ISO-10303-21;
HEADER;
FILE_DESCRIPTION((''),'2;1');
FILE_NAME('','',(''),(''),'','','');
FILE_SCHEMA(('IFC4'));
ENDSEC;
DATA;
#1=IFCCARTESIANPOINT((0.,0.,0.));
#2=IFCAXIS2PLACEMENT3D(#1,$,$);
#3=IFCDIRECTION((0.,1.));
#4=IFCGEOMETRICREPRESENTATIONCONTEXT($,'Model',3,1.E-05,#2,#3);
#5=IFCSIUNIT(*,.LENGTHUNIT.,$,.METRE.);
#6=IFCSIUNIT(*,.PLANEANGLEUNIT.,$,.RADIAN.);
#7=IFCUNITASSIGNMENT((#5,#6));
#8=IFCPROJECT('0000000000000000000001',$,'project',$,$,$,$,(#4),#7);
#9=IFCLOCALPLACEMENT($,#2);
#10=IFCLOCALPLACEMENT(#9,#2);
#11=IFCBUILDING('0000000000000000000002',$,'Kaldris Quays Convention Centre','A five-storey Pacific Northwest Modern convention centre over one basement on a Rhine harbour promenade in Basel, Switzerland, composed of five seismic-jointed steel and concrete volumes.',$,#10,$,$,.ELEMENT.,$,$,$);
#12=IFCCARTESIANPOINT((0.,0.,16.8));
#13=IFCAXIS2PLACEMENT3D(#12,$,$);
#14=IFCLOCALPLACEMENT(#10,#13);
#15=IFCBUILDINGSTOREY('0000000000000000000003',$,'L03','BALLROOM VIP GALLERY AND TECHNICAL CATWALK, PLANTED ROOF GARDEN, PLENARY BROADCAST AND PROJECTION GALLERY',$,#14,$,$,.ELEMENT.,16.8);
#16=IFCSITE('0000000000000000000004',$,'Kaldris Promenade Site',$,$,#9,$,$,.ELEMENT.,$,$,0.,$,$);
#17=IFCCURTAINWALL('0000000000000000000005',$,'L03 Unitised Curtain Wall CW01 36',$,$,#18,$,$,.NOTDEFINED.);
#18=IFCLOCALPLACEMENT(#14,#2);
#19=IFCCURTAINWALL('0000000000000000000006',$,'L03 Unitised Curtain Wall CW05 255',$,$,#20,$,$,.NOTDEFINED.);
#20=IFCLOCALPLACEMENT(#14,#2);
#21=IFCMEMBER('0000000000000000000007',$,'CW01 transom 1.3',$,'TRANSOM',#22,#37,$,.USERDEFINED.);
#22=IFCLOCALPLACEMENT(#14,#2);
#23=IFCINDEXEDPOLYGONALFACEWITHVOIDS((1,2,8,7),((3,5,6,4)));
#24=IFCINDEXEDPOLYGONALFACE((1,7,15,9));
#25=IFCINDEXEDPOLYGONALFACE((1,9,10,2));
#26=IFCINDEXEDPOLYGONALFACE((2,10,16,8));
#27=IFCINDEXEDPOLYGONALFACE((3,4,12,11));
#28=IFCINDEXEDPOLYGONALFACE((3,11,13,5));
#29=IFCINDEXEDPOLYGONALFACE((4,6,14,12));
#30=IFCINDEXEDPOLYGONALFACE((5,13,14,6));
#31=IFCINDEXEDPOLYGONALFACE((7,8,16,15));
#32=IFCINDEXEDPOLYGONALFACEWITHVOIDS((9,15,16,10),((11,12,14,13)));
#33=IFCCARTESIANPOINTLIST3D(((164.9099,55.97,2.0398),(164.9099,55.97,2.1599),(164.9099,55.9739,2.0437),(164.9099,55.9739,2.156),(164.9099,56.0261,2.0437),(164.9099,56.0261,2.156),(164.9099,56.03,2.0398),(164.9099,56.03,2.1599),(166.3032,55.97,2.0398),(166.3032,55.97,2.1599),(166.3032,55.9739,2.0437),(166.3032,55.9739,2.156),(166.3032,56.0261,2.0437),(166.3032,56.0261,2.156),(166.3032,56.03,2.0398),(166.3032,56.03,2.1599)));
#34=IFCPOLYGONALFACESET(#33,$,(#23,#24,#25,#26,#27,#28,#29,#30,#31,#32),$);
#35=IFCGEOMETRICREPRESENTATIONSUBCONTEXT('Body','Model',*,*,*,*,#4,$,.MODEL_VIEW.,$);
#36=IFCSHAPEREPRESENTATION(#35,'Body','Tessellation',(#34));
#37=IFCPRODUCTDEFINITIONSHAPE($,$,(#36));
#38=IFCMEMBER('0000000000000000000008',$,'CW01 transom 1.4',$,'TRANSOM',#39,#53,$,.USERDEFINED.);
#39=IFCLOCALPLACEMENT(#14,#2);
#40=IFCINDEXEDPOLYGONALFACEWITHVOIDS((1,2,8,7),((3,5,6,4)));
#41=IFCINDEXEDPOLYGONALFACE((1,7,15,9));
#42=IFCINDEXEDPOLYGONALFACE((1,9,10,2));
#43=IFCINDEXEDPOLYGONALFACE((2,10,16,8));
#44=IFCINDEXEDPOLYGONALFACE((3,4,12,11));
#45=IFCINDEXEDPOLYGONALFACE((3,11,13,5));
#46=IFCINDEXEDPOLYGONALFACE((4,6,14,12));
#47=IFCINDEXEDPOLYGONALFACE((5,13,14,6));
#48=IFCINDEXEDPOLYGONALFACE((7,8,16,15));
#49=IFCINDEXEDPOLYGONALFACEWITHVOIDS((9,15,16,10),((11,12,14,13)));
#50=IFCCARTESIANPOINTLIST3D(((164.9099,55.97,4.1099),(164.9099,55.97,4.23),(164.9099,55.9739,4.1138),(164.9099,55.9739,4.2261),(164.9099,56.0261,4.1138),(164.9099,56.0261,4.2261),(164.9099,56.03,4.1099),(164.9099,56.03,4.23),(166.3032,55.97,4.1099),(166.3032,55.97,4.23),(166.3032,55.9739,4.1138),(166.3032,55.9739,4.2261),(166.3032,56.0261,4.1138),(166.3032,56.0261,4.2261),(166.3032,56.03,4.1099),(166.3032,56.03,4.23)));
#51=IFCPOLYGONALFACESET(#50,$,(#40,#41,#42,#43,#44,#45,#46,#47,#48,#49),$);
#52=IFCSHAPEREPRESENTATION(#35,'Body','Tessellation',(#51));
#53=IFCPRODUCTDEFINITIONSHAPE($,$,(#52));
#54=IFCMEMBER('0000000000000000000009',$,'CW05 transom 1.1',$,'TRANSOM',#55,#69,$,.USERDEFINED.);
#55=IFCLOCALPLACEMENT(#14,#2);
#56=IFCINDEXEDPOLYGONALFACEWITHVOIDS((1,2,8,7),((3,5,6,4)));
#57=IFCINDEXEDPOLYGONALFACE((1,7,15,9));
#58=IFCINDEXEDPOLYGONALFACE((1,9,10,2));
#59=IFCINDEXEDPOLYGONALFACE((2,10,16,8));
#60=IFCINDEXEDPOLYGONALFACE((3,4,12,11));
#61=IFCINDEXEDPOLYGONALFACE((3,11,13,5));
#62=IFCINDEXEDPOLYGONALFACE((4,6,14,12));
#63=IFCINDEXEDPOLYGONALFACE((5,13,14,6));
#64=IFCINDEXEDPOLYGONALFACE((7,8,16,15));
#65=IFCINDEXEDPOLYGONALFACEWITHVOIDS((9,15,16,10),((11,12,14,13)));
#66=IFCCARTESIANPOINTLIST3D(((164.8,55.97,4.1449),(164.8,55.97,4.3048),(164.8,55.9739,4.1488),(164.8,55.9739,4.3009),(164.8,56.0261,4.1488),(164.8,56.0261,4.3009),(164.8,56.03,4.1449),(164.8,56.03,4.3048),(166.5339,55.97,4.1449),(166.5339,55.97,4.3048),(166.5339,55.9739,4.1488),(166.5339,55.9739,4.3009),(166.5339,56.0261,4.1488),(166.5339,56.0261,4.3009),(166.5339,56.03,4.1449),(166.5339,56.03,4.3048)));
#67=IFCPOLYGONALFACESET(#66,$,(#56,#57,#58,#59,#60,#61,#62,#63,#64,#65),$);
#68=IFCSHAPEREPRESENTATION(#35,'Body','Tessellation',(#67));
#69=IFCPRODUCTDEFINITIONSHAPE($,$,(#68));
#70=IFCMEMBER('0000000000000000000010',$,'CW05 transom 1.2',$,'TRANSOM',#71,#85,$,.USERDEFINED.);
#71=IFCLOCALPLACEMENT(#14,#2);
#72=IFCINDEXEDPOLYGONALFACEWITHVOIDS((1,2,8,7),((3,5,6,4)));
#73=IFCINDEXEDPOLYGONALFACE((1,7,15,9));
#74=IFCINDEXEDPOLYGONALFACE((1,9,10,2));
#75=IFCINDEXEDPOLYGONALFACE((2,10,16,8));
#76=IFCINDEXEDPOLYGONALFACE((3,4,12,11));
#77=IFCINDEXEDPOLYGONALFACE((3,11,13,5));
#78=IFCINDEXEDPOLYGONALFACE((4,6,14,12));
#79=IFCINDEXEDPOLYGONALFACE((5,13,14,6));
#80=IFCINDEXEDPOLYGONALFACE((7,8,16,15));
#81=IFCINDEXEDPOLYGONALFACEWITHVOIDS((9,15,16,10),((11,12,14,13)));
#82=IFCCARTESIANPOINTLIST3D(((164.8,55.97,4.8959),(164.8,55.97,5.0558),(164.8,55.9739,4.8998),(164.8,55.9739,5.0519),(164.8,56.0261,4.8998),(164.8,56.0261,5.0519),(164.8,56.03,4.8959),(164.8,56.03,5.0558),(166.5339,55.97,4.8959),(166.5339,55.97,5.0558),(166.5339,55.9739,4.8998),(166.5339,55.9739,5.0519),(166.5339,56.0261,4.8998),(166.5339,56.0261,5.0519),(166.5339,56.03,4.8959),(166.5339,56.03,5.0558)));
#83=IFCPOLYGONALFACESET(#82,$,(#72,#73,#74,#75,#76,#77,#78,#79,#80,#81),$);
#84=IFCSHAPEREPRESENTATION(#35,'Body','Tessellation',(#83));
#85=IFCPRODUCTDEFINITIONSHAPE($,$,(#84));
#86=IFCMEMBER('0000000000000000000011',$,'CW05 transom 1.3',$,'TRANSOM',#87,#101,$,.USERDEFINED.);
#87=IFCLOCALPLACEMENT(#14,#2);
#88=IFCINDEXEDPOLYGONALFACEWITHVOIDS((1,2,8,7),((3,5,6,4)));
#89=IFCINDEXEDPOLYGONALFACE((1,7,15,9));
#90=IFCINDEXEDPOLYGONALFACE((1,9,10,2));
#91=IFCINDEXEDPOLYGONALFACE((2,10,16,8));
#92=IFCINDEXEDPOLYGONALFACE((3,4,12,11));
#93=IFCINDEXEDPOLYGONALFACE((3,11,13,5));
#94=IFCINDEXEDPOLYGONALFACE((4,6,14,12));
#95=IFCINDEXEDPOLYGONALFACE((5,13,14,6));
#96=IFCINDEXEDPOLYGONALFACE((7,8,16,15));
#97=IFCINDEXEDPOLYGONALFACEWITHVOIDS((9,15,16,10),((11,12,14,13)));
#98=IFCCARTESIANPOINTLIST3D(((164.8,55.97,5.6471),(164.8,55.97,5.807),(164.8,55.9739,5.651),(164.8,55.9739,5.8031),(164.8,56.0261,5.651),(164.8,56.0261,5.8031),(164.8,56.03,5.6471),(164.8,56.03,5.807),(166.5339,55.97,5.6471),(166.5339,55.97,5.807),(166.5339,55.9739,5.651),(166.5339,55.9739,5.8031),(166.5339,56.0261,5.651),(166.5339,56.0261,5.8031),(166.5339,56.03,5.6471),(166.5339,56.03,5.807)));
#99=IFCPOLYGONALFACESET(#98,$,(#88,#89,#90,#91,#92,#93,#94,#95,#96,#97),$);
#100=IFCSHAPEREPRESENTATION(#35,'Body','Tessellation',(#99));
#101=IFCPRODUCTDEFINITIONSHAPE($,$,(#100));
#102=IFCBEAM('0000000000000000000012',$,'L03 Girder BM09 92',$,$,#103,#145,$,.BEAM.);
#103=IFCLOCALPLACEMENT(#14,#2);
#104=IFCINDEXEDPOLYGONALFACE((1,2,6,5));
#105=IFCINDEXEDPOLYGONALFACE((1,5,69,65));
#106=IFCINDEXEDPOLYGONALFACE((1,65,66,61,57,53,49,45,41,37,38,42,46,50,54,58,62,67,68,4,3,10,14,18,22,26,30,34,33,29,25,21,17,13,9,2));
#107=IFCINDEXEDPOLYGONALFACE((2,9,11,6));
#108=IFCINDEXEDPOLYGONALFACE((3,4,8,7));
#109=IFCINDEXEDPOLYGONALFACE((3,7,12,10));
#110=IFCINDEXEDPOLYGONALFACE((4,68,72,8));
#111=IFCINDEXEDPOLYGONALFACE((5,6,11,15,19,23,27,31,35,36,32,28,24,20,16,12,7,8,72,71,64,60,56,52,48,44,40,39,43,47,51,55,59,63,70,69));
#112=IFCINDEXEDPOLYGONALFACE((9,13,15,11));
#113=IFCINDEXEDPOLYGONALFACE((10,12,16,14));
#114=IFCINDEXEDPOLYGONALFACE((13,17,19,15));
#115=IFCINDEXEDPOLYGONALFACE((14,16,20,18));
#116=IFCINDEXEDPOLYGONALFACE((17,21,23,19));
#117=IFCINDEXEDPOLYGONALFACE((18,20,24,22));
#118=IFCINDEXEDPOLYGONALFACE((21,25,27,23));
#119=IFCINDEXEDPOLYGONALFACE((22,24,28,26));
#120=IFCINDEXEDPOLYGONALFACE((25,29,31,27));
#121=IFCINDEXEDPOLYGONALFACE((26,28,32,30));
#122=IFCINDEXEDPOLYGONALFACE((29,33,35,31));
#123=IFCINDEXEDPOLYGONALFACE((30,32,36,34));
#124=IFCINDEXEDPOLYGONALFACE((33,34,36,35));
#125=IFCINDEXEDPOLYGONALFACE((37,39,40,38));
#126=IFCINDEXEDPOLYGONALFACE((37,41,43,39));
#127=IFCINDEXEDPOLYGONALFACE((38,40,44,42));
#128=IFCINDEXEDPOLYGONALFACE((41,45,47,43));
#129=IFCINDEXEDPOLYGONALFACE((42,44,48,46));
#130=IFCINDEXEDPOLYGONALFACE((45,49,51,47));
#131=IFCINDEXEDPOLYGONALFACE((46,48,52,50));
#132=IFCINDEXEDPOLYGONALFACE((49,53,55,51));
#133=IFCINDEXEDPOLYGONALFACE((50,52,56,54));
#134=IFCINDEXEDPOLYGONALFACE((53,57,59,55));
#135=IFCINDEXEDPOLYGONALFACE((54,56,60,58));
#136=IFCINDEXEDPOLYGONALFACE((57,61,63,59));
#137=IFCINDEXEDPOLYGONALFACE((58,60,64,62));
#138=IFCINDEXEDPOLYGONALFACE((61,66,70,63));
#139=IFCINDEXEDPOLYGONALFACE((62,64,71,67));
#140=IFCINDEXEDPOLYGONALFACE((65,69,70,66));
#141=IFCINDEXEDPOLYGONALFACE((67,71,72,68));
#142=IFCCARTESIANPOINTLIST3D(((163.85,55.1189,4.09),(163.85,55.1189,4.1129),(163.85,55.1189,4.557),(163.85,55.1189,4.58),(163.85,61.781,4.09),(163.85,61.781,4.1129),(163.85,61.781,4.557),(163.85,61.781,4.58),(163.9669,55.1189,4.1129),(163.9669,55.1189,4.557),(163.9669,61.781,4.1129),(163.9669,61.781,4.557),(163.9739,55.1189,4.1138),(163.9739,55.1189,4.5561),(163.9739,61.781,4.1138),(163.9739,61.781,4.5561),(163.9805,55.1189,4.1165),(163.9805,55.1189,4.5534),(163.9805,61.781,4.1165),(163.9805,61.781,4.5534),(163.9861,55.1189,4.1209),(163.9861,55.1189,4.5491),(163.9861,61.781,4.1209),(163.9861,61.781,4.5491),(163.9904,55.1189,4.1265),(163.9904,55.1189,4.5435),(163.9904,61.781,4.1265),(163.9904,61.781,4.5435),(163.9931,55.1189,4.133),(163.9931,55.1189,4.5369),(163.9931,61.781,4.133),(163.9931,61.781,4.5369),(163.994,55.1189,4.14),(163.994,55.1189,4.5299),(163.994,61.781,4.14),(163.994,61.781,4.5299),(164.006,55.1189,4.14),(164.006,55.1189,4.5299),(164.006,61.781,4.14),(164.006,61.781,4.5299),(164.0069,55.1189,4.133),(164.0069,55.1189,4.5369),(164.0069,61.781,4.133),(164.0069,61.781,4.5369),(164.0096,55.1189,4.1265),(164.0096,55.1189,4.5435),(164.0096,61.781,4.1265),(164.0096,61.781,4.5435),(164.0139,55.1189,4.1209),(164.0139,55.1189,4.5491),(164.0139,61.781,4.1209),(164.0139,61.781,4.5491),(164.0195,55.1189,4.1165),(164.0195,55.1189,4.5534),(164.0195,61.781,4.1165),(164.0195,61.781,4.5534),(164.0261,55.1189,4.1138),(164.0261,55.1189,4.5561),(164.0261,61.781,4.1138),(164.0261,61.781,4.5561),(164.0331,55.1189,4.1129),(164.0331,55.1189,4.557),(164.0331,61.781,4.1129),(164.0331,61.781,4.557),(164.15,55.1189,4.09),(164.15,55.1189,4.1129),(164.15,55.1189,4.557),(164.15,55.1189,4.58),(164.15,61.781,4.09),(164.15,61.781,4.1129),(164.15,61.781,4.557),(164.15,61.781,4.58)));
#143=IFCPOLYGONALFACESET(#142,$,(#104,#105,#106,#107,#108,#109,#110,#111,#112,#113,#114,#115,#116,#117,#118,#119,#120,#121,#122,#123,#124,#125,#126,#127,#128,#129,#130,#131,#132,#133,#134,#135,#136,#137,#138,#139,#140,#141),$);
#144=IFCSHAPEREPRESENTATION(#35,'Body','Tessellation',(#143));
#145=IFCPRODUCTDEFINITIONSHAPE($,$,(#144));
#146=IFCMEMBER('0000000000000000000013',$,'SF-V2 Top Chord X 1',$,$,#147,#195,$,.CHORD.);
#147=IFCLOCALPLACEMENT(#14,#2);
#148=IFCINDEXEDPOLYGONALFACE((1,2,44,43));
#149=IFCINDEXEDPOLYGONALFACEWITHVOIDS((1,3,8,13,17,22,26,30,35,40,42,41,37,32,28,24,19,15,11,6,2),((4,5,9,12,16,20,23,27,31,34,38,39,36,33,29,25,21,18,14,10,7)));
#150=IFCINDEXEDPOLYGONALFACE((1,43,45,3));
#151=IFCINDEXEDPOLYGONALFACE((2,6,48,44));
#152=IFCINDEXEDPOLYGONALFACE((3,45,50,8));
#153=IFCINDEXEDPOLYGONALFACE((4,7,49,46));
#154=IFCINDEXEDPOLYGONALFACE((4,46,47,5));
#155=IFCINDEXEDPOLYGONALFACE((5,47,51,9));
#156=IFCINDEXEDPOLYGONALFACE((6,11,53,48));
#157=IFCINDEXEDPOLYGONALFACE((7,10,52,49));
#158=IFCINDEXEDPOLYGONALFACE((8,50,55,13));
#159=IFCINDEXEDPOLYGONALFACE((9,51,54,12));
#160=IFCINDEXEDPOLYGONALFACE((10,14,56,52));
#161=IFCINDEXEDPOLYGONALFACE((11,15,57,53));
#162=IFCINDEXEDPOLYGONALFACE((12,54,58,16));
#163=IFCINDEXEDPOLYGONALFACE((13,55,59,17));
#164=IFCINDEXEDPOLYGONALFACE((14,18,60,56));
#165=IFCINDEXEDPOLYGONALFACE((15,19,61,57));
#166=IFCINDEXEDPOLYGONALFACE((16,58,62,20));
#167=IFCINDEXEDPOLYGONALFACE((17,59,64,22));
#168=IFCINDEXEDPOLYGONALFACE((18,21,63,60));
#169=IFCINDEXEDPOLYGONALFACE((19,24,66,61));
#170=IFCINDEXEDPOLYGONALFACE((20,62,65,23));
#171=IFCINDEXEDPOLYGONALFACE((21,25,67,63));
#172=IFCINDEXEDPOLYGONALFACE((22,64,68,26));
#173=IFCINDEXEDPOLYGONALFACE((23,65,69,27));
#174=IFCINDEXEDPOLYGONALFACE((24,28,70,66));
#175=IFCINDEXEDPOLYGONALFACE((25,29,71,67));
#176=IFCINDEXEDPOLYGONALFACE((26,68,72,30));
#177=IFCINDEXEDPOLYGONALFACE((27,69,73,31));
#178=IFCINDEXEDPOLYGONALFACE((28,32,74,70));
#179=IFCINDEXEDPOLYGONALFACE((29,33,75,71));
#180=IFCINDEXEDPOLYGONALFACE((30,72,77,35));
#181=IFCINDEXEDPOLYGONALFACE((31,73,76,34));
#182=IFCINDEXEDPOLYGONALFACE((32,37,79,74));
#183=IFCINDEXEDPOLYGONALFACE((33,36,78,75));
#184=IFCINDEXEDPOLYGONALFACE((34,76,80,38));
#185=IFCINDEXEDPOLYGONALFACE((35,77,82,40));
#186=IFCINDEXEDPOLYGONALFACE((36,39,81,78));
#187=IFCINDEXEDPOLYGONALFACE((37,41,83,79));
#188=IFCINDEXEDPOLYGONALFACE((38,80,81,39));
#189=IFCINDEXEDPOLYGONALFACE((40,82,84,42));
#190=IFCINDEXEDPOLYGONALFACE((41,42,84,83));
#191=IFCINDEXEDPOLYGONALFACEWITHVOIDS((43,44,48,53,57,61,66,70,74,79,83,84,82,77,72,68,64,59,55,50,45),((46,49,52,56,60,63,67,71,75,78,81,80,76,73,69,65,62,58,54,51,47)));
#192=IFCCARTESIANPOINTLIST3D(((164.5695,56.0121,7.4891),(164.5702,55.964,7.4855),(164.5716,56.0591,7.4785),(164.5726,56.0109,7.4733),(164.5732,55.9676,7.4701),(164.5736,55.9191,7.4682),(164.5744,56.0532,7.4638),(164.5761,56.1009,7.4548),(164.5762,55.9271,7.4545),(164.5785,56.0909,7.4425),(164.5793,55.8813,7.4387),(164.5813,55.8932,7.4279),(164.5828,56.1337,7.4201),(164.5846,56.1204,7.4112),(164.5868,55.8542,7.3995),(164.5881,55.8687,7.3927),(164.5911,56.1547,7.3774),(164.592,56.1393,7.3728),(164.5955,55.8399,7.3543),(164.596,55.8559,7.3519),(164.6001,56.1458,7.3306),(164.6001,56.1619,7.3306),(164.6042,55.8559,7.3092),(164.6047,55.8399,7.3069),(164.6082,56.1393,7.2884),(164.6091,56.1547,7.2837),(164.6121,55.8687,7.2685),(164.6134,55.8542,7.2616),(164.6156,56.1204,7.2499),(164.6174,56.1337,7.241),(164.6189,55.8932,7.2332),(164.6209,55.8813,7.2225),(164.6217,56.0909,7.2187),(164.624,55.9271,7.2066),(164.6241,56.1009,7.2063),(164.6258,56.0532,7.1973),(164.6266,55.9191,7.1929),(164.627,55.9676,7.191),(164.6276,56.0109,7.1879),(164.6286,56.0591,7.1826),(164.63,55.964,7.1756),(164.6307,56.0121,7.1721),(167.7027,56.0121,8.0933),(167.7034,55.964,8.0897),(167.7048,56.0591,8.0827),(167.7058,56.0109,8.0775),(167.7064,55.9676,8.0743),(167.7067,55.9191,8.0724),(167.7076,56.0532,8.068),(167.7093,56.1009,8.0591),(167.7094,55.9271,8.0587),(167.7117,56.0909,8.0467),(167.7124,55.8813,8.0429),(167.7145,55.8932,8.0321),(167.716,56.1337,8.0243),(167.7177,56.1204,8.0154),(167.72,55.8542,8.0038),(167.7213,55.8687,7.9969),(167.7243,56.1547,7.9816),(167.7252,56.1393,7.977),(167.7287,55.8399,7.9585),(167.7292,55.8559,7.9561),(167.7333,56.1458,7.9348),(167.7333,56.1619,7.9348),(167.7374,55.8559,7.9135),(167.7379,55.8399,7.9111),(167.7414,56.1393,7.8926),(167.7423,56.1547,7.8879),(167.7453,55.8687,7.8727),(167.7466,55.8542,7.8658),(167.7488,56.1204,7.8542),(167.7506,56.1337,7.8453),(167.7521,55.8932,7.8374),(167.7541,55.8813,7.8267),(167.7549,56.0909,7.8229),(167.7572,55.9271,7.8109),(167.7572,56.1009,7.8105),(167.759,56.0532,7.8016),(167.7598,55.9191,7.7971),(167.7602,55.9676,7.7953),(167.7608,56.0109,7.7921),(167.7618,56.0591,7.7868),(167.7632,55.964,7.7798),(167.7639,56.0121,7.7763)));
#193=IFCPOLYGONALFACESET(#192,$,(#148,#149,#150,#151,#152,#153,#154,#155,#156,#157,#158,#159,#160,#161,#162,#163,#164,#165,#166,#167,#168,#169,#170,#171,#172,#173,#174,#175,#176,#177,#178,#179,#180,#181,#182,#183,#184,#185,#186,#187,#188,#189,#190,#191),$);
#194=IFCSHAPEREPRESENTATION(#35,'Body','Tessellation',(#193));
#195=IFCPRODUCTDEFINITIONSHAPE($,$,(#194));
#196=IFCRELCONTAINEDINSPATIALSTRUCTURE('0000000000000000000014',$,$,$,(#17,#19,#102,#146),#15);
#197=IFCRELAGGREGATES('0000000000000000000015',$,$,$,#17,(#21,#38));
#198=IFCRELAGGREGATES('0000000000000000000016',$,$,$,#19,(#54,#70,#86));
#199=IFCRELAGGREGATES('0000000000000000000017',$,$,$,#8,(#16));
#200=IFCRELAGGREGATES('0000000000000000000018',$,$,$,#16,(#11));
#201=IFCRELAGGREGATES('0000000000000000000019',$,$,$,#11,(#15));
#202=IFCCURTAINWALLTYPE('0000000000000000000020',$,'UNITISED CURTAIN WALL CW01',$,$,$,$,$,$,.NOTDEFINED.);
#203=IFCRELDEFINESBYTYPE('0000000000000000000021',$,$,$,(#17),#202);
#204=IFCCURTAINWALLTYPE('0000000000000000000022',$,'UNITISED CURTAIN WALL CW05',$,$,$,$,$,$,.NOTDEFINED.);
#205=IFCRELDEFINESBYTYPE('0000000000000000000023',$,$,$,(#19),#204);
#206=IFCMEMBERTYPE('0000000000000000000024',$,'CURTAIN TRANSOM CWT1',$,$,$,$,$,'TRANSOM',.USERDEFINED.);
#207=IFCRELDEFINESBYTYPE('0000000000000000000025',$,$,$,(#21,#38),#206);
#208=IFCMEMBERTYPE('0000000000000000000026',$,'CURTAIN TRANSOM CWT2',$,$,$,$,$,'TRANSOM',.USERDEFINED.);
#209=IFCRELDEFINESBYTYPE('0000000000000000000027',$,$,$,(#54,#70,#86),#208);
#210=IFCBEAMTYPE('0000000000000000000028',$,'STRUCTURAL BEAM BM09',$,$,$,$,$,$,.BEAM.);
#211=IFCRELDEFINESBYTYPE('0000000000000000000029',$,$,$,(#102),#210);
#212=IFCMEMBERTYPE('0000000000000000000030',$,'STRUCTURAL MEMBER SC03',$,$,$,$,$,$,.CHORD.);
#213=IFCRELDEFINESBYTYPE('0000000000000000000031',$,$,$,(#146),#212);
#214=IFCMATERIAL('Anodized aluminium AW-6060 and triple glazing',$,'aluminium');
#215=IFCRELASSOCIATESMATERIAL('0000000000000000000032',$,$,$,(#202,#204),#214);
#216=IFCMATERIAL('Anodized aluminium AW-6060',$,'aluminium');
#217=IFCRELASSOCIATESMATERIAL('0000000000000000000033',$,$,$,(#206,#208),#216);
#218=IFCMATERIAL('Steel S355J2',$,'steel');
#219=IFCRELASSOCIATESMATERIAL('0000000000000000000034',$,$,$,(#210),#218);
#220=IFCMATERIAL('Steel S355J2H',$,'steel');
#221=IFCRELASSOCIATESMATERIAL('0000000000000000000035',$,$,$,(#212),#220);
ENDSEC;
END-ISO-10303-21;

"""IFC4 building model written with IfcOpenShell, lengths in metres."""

from ifc_helpers import new_model, si_unit, direction, frame, origin, origin_2d, place, context, subcontext, project, spatial, hollow_rectangle, hollow_circle, i_section, extrude, material, material_profile, profile_set, type_object, element, aggregate, save


model = new_model("IFC4")

# Units and contexts
model_context = context("Model", 3, precision=1e-05, world=origin(), true_north=direction((0.0, 1.0)))
body_context = subcontext(model_context, "Body", "Model", "MODEL_VIEW")
ifc_project = project(units=[si_unit("LENGTHUNIT", "METRE"), si_unit("PLANEANGLEUNIT", "RADIAN")], contexts=[model_context])

# Site, building, storey
site_placement = place(None, origin())
site = spatial("IfcSite", under=ifc_project, at=site_placement, Name="Kaldris Promenade Site", CompositionType="ELEMENT", RefElevation=0.0)
building_placement = place(site_placement, origin())
building = spatial("IfcBuilding", under=site, at=building_placement, Name="Kaldris Quays Convention Centre", Description="A five-storey Pacific Northwest Modern convention centre over one basement on a Rhine harbour promenade in Basel, Switzerland, composed of five seismic-jointed steel and concrete volumes.", CompositionType="ELEMENT")
storey_placement = place(building_placement, frame((0.0, 0.0, 16.8)))
storey = spatial("IfcBuildingStorey", under=building, at=storey_placement, Name="L03", Description="BALLROOM VIP GALLERY AND TECHNICAL CATWALK, PLANTED ROOF GARDEN, PLENARY BROADCAST AND PROJECTION GALLERY", CompositionType="ELEMENT", Elevation=16.8)

# Shared definitions
ifc_material_1 = material(Name="Steel S355J2", Category="steel")

# Curtain walls
ifc_material_2 = material(Name="Anodized aluminium AW-6060 and triple glazing", Category="aluminium")
curtain_wall_type_1 = type_object("IfcCurtainWallType", Name="UNITISED CURTAIN WALL CW01", PredefinedType="NOTDEFINED", material=ifc_material_2)
curtain_wall_1_placement = place(storey_placement, origin())
curtain_wall_1 = element("IfcCurtainWall", 1, at=curtain_wall_1_placement, inside=storey, type_object=curtain_wall_type_1, Name="L03 Unitised Curtain Wall CW01 36", PredefinedType="NOTDEFINED")
ifc_material_3 = material(Name="Anodized aluminium AW-6060", Category="aluminium")
curtain_wall_type_2 = type_object("IfcCurtainWallType", Name="UNITISED CURTAIN WALL CW05", PredefinedType="NOTDEFINED", material=ifc_material_2)
curtain_wall_2_placement = place(storey_placement, origin())
curtain_wall_2 = element("IfcCurtainWall", 2, at=curtain_wall_2_placement, inside=storey, type_object=curtain_wall_type_2, Name="L03 Unitised Curtain Wall CW05 255", PredefinedType="NOTDEFINED")

# Members
ifc_material_profile_1 = material_profile(ifc_material_3, hollow_rectangle(XDim=0.0601, YDim=0.1201, WallThickness=0.0039, at=origin_2d()), Name="RHS 120x60x4")
ifc_profile_set_1 = profile_set([ifc_material_profile_1], Name="Anodized aluminium AW-6060")
member_type_1 = type_object("IfcMemberType", Name="CURTAIN TRANSOM CWT1", ElementType="TRANSOM", PredefinedType="USERDEFINED", material=ifc_profile_set_1)
member_1_placement = place(storey_placement, frame((164.9099, 56.0, 2.0999), z_axis=(1.0, 0.0, 0.0), x_axis=(0.0, 1.0, 0.0)))
member_1 = element("IfcMember", 3, at=member_1_placement, type_object=member_type_1, Name="CW01 transom 1.3", ObjectType="TRANSOM", PredefinedType="USERDEFINED", context=body_context, shape_type="SweptSolid", body=[
    extrude(hollow_rectangle(XDim=0.0601, YDim=0.1201, WallThickness=0.0039, at=origin_2d()), origin(), (0.0, 0.0, 1.0), 1.3933),
])
member_2_placement = place(storey_placement, frame((164.9099, 56.0, 4.1699), z_axis=(1.0, 0.0, 0.0), x_axis=(0.0, 1.0, 0.0)))
member_2 = element("IfcMember", 4, at=member_2_placement, type_object=member_type_1, Name="CW01 transom 1.4", ObjectType="TRANSOM", PredefinedType="USERDEFINED", context=body_context, shape_type="SweptSolid", body=[
    extrude(hollow_rectangle(XDim=0.0601, YDim=0.1201, WallThickness=0.0039, at=origin_2d()), origin(), (0.0, 0.0, 1.0), 1.3933),
])
aggregate(curtain_wall_1, [member_1, member_2])
ifc_material_profile_2 = material_profile(ifc_material_3, hollow_rectangle(XDim=0.0601, YDim=0.1599, WallThickness=0.0039, at=origin_2d()), Name="RHS 160x60x4")
ifc_profile_set_2 = profile_set([ifc_material_profile_2], Name="Anodized aluminium AW-6060")
member_type_2 = type_object("IfcMemberType", Name="CURTAIN TRANSOM CWT2", ElementType="TRANSOM", PredefinedType="USERDEFINED", material=ifc_profile_set_2)
member_3_placement = place(storey_placement, frame((164.8, 56.0, 4.2249), z_axis=(1.0, 0.0, 0.0), x_axis=(0.0, 1.0, 0.0)))
member_3 = element("IfcMember", 5, at=member_3_placement, type_object=member_type_2, Name="CW05 transom 1.1", ObjectType="TRANSOM", PredefinedType="USERDEFINED", context=body_context, shape_type="SweptSolid", body=[
    extrude(hollow_rectangle(XDim=0.0601, YDim=0.1599, WallThickness=0.0039, at=origin_2d()), origin(), (0.0, 0.0, 1.0), 1.7339),
])
member_4_placement = place(storey_placement, frame((164.8, 56.0, 4.9758), z_axis=(1.0, 0.0, 0.0), x_axis=(0.0, 1.0, 0.0)))
member_4 = element("IfcMember", 6, at=member_4_placement, type_object=member_type_2, Name="CW05 transom 1.2", ObjectType="TRANSOM", PredefinedType="USERDEFINED", context=body_context, shape_type="SweptSolid", body=[
    extrude(hollow_rectangle(XDim=0.0601, YDim=0.1599, WallThickness=0.0039, at=origin_2d()), origin(), (0.0, 0.0, 1.0), 1.7339),
])
member_5_placement = place(storey_placement, frame((164.8, 56.0, 5.7271), z_axis=(1.0, 0.0, 0.0), x_axis=(0.0, 1.0, 0.0)))
member_5 = element("IfcMember", 7, at=member_5_placement, type_object=member_type_2, Name="CW05 transom 1.3", ObjectType="TRANSOM", PredefinedType="USERDEFINED", context=body_context, shape_type="SweptSolid", body=[
    extrude(hollow_rectangle(XDim=0.0601, YDim=0.1599, WallThickness=0.0039, at=origin_2d()), origin(), (0.0, 0.0, 1.0), 1.7339),
])
aggregate(curtain_wall_2, [member_3, member_4, member_5])

# Beam
ifc_material_profile_3 = material_profile(ifc_material_1, i_section(OverallWidth=0.3, OverallDepth=0.49, WebThickness=0.012, FlangeThickness=0.0229, FilletRadius=0.0271, at=origin_2d()), Name="HEA 500")
ifc_profile_set_3 = profile_set([ifc_material_profile_3], Name="Steel S355J2")
beam_type = type_object("IfcBeamType", Name="STRUCTURAL BEAM BM09", PredefinedType="BEAM", material=ifc_profile_set_3)
beam_placement = place(storey_placement, frame((164.0, 55.1189, 4.335), z_axis=(0.0, 1.0, 0.0), x_axis=(-1.0, 0.0, 0.0)))
element("IfcBeam", 8, at=beam_placement, inside=storey, type_object=beam_type, Name="L03 Girder BM09 92", PredefinedType="BEAM", context=body_context, shape_type="SweptSolid", body=[
    extrude(i_section(OverallWidth=0.3, OverallDepth=0.49, WebThickness=0.012, FlangeThickness=0.0229, FilletRadius=0.0271, at=origin_2d()), origin(), (0.0, 0.0, 1.0), 6.6621),
])

# Member
ifc_material_4 = material(Name="Steel S355J2H", Category="steel")
ifc_material_profile_4 = material_profile(ifc_material_4, hollow_circle(Radius=0.1619, WallThickness=0.0161, at=origin_2d()), Name="CHS 323.9x16")
ifc_profile_set_4 = profile_set([ifc_material_profile_4], Name="Steel S355J2H")
member_type_3 = type_object("IfcMemberType", Name="STRUCTURAL MEMBER SC03", PredefinedType="CHORD", material=ifc_profile_set_4)
member_6_placement = place(storey_placement, frame((164.6001, 56.0, 7.3306), z_axis=(0.981908, 0.0, 0.189358), x_axis=(0.0, 1.0, 0.0)))
element("IfcMember", 9, at=member_6_placement, inside=storey, type_object=member_type_3, Name="SF-V2 Top Chord X 1", PredefinedType="CHORD", context=body_context, shape_type="SweptSolid", body=[
    extrude(hollow_circle(Radius=0.1619, WallThickness=0.0161, at=origin_2d()), origin(), (0.0, 0.0, 1.0), 3.1909),
])

save(model, "model.ifc")
